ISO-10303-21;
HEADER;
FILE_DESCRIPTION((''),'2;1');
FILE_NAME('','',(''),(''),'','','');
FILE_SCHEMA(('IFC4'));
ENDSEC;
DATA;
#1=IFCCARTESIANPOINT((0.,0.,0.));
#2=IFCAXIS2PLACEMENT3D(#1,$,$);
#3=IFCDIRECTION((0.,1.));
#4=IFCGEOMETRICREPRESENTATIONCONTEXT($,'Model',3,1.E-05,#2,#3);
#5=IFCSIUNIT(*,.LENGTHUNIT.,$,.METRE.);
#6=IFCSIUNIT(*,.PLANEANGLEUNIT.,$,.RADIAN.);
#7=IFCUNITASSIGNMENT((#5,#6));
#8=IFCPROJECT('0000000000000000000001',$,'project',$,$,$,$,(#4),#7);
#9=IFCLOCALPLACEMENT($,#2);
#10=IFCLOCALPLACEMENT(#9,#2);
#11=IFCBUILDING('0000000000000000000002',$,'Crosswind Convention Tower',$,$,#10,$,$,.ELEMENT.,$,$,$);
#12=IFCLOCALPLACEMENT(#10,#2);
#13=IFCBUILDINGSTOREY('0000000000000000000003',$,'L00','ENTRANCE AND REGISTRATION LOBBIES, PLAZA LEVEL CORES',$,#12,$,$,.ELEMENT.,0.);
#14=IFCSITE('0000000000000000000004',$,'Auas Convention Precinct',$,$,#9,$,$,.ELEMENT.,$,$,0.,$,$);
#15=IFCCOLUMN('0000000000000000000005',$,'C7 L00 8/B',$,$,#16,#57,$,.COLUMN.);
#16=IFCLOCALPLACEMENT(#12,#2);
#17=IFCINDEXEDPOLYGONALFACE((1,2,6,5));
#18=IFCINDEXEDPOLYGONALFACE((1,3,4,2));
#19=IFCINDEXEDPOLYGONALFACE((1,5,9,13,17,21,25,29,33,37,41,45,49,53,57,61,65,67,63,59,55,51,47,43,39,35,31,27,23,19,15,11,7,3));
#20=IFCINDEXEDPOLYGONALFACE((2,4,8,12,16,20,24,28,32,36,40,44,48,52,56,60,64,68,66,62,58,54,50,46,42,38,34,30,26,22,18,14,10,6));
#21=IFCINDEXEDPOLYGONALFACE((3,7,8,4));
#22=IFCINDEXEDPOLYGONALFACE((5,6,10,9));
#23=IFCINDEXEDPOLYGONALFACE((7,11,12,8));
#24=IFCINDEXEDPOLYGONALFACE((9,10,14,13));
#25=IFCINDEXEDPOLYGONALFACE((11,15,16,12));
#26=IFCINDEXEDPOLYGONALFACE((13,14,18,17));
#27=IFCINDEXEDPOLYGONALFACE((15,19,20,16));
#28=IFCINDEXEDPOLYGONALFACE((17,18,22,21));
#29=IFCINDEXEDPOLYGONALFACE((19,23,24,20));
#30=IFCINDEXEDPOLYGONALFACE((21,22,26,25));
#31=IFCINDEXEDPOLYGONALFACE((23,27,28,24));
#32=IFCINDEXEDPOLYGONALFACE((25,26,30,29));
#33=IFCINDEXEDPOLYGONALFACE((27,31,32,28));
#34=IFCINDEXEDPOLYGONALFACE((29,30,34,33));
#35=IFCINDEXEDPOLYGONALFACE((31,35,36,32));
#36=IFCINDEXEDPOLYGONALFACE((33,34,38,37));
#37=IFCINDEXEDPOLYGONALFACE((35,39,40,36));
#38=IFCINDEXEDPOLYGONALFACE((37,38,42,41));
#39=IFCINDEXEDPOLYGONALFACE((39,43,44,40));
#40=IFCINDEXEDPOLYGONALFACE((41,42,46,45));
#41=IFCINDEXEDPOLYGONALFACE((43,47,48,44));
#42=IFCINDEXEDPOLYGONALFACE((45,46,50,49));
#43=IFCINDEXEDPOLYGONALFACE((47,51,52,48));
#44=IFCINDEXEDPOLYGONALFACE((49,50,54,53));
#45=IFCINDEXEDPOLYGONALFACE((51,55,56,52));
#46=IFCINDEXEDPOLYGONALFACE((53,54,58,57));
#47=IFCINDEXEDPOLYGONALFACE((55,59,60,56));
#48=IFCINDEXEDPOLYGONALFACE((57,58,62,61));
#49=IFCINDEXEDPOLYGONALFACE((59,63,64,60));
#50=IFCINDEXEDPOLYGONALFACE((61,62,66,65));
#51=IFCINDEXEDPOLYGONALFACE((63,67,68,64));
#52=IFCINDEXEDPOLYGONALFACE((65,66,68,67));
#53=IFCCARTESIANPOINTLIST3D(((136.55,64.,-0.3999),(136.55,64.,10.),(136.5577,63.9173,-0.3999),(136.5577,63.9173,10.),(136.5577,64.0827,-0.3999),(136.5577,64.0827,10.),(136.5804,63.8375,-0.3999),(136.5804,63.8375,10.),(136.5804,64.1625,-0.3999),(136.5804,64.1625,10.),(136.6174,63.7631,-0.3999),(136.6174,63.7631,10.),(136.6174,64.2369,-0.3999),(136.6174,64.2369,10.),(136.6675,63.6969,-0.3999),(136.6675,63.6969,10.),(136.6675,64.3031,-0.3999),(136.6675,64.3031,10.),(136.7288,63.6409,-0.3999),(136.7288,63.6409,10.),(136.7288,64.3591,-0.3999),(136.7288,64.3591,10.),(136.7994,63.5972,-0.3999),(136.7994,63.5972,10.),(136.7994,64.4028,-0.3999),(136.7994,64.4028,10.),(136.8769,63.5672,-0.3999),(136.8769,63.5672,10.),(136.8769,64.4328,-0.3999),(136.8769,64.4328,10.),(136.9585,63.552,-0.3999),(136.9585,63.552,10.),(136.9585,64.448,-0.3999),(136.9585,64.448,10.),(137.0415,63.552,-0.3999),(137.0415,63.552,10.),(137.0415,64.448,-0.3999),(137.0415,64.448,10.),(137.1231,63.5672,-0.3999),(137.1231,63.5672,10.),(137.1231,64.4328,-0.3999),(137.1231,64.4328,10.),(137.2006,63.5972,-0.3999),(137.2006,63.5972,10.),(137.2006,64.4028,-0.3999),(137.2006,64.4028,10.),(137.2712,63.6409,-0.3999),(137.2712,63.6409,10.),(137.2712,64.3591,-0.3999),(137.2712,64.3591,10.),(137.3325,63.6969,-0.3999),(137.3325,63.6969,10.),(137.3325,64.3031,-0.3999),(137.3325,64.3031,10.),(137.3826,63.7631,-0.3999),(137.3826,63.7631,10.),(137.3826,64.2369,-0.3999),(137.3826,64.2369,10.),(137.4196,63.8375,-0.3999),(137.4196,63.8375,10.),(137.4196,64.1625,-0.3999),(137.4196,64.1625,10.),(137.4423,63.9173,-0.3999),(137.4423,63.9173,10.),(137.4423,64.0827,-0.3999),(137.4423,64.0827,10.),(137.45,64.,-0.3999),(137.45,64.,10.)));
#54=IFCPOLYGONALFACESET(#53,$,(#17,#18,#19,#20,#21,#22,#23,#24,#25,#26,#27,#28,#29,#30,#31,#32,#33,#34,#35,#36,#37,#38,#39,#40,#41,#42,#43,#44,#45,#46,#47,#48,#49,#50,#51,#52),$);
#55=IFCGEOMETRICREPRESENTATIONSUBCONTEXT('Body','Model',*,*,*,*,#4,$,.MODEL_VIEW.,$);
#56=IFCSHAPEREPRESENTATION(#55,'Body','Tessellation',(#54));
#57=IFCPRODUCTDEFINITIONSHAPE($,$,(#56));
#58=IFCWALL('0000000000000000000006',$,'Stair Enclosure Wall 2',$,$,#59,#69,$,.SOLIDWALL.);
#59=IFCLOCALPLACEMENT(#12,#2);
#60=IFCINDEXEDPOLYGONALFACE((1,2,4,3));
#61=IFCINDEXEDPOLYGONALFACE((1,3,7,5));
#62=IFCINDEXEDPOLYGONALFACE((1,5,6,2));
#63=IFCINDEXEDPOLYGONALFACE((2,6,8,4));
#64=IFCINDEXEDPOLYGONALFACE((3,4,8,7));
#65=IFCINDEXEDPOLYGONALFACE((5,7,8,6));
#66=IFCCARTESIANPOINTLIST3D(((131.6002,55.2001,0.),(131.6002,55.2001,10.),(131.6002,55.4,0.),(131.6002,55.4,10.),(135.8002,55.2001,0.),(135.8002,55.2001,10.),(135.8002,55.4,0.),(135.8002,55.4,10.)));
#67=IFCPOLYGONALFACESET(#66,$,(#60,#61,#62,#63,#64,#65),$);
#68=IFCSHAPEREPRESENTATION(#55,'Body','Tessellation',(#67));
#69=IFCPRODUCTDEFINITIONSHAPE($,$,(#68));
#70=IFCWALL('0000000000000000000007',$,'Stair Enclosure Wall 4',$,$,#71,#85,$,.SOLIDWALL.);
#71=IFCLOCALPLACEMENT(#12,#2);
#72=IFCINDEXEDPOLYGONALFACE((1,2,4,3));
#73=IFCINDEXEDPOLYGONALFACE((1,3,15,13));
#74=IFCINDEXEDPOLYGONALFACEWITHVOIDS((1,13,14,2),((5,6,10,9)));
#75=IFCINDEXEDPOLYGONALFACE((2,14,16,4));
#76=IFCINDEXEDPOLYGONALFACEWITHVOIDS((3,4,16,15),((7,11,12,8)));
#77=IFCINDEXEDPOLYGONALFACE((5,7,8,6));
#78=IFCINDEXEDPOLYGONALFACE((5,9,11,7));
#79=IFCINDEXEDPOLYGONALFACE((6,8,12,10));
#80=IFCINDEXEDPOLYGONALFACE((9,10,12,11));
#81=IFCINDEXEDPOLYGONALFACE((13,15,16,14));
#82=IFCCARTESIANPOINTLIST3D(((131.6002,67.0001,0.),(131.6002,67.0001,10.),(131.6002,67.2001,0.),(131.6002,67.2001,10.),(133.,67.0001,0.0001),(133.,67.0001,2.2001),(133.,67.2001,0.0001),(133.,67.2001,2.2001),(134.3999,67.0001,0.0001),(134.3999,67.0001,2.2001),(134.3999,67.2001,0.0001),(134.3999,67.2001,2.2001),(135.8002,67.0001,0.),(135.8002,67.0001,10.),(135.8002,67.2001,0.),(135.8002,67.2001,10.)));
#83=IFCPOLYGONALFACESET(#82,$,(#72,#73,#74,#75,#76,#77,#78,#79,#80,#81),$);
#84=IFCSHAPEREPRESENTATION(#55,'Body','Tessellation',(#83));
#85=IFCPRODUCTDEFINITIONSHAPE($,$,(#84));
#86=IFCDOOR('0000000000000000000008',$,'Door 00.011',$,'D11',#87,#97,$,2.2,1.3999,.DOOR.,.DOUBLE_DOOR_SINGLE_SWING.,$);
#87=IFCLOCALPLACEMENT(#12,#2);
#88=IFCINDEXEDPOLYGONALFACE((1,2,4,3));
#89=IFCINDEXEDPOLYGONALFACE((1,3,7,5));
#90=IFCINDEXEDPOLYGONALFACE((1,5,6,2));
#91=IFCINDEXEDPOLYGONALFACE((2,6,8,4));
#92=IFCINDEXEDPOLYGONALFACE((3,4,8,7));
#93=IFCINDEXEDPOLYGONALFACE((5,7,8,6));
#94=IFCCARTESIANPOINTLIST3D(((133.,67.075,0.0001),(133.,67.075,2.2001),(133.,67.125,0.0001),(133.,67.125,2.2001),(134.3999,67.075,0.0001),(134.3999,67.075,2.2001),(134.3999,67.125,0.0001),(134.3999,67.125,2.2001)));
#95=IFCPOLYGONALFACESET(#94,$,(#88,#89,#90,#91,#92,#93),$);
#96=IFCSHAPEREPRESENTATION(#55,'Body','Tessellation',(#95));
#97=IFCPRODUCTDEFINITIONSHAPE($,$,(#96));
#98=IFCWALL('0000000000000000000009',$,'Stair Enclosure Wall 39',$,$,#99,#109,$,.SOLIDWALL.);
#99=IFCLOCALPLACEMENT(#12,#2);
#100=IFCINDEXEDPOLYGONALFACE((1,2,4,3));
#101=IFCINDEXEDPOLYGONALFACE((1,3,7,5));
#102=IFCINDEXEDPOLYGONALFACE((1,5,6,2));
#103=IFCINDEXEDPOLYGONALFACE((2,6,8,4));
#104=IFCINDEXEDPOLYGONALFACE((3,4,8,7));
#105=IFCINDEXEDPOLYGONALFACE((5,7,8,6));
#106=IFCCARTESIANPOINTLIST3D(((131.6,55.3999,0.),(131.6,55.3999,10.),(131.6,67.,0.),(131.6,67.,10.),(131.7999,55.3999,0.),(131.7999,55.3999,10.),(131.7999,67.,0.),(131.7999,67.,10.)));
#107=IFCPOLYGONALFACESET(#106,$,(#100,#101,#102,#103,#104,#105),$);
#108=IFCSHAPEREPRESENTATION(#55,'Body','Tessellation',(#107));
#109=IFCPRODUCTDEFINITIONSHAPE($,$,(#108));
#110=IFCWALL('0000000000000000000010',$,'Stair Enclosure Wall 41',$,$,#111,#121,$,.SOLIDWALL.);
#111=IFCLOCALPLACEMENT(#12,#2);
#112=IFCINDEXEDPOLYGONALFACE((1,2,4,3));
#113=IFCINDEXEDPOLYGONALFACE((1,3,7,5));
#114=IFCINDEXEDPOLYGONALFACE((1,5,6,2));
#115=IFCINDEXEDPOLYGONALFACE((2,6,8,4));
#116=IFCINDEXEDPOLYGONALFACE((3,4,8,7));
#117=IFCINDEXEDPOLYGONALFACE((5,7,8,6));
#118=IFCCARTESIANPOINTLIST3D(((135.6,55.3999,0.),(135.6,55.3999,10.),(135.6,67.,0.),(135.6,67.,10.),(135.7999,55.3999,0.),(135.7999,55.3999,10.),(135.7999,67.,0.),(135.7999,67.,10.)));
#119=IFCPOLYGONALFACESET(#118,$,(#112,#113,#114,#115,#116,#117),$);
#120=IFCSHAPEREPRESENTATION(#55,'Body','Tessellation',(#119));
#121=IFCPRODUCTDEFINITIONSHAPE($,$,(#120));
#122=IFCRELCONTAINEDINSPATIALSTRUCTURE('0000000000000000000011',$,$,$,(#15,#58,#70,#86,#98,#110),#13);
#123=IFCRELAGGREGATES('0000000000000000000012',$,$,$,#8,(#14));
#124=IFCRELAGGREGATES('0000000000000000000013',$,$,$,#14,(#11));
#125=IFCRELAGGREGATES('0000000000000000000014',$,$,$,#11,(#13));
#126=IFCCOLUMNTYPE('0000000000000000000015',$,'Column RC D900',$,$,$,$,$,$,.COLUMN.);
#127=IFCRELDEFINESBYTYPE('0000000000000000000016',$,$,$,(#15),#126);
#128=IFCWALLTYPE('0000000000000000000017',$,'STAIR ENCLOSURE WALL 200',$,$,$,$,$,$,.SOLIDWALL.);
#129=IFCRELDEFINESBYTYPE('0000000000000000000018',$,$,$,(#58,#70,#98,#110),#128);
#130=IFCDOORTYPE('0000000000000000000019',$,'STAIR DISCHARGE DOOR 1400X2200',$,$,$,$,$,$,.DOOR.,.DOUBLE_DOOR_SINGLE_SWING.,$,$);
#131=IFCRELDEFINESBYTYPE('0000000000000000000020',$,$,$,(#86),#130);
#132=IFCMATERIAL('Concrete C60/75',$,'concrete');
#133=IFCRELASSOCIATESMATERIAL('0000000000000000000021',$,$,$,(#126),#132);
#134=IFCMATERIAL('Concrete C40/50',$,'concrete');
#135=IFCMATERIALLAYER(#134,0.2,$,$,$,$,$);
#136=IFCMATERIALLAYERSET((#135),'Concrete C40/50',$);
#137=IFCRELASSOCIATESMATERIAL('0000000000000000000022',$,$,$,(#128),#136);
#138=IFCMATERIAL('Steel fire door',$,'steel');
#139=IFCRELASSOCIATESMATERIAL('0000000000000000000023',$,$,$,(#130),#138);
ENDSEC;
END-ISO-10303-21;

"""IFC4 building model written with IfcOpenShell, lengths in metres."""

from ifc_helpers import new_model, si_unit, direction, frame, frame_2d, origin, origin_2d, place, context, subcontext, project, spatial, rectangle, circle, extrude, material, layer, layer_set, material_profile, profile_set, type_object, element, fill, save


model = new_model("IFC4")

# Units and contexts
model_context = context("Model", 3, precision=1e-05, world=origin(), true_north=direction((0.0, 1.0)))
body_context = subcontext(model_context, "Body", "Model", "MODEL_VIEW")
ifc_project = project(units=[si_unit("LENGTHUNIT", "METRE"), si_unit("PLANEANGLEUNIT", "RADIAN")], contexts=[model_context])

# Site, building, storey
site_placement = place(None, origin())
site = spatial("IfcSite", under=ifc_project, at=site_placement, Name="Auas Convention Precinct", CompositionType="ELEMENT", RefElevation=0.0)
building_placement = place(site_placement, origin())
building = spatial("IfcBuilding", under=site, at=building_placement, Name="Crosswind Convention Tower", CompositionType="ELEMENT")
storey_placement = place(building_placement, origin())
storey = spatial("IfcBuildingStorey", under=building, at=storey_placement, Name="L00", Description="ENTRANCE AND REGISTRATION LOBBIES, PLAZA LEVEL CORES", CompositionType="ELEMENT", Elevation=0.0)

# Shared definitions
ifc_material_1 = material(Name="Concrete C40/50", Category="concrete")

# Column
ifc_material_2 = material(Name="Concrete C60/75", Category="concrete")
ifc_material_profile_1 = material_profile(ifc_material_2, circle(Radius=0.45, at=origin_2d()), Name="RC D900")
ifc_profile_set_1 = profile_set([ifc_material_profile_1], Name="Concrete C60/75")
column_type_1 = type_object("IfcColumnType", Name="Column RC D900", PredefinedType="COLUMN", material=ifc_profile_set_1)
for number, where, z_axis, x_axis, name in (
    (1, (137.0, 64.0, -0.3999), (0.0, 0.0, 1.0), (1.0, 0.0, 0.0), "C7 L00 8/B"),
):
    element("IfcColumn", number, at=place(storey_placement, frame(where, z_axis=z_axis, x_axis=x_axis)), inside=storey, type_object=column_type_1, Name=name, PredefinedType="COLUMN", context=body_context, shape_type="SweptSolid", body=[
        extrude(circle(Radius=0.45, at=origin_2d()), origin(), (0.0, 0.0, 1.0), 10.3999),
    ])

# Wall
ifc_layer_1 = layer(ifc_material_1, 0.2)
ifc_layer_set_1 = layer_set([ifc_layer_1], Name="Concrete C40/50")
wall_type = type_object("IfcWallType", Name="STAIR ENCLOSURE WALL 200", PredefinedType="SOLIDWALL", material=ifc_layer_set_1)
wall_1_placement = place(storey_placement, frame((131.6001, 55.3, 0.0), z_axis=(0.0, 0.0, 1.0), x_axis=(1.0, 0.0, 0.0)))
element("IfcWall", 2, at=wall_1_placement, inside=storey, type_object=wall_type, Name="Stair Enclosure Wall 2", PredefinedType="SOLIDWALL", context=body_context, shape_type="SweptSolid", body=[
    extrude(rectangle(XDim=4.2, YDim=0.2, at=frame_2d((2.1001, 0.0))), origin(), (0.0, 0.0, 1.0), 10.0),
])

# Wall, opening, door
wall_2_placement = place(storey_placement, frame((131.6001, 67.1001, 0.0), z_axis=(0.0, 0.0, 1.0), x_axis=(1.0, 0.0, 0.0)))
wall_2 = element("IfcWall", 3, at=wall_2_placement, inside=storey, type_object=wall_type, Name="Stair Enclosure Wall 4", PredefinedType="SOLIDWALL", context=body_context, shape_type="SweptSolid", body=[
    extrude(rectangle(XDim=4.2, YDim=0.2, at=frame_2d((2.1001, 0.0))), origin(), (0.0, 0.0, 1.0), 10.0),
])
opening_placement = place(wall_2_placement, frame((1.3999, 0.0, 0.0)))
opening = element("IfcOpeningElement", 4, at=opening_placement, cuts=wall_2, PredefinedType="OPENING", context=body_context, shape_type="SweptSolid", body=[
    extrude(rectangle(XDim=1.3999, YDim=2.2, at=frame_2d((0.7, 1.1001))), frame((0.0, 0.1099, 0.0), z_axis=(0.0, -1.0, 0.0), x_axis=(1.0, 0.0, 0.0)), (0.0, 0.0, 1.0), 0.22),
])
ifc_material_3 = material(Name="Steel fire door", Category="steel")
door_type = type_object("IfcDoorType", Name="STAIR DISCHARGE DOOR 1400X2200", OperationType="DOUBLE_DOOR_SINGLE_SWING", PredefinedType="DOOR", material=ifc_material_3)
door_placement = place(opening_placement, origin())
door = element("IfcDoor", 5, at=door_placement, inside=storey, type_object=door_type, Name="Door 00.011", ObjectType="D11", OperationType="DOUBLE_DOOR_SINGLE_SWING", OverallHeight=2.2, OverallWidth=1.3999, PredefinedType="DOOR", context=body_context, shape_type="SweptSolid", body=[
    extrude(rectangle(XDim=1.3999, YDim=2.2, at=frame_2d((0.7, 1.1001))), frame((0.0, 0.0249, 0.0), z_axis=(0.0, -1.0, 0.0), x_axis=(1.0, 0.0, 0.0)), (0.0, 0.0, 1.0), 0.05),
])
fill(opening, door)

# Walls
for number, where, z_axis, x_axis, name in (
    (6, (131.7, 55.3999, 0.0), (0.0, 0.0, 1.0), (0.0, 1.0, 0.0), "Stair Enclosure Wall 39"),
    (7, (135.7, 55.3999, 0.0), (0.0, 0.0, 1.0), (0.0, 1.0, 0.0), "Stair Enclosure Wall 41"),
):
    element("IfcWall", number, at=place(storey_placement, frame(where, z_axis=z_axis, x_axis=x_axis)), inside=storey, type_object=wall_type, Name=name, PredefinedType="SOLIDWALL", context=body_context, shape_type="SweptSolid", body=[
        extrude(rectangle(XDim=11.6001, YDim=0.2, at=frame_2d((5.8, 0.0))), origin(), (0.0, 0.0, 1.0), 10.0),
    ])

save(model, "model.ifc")
